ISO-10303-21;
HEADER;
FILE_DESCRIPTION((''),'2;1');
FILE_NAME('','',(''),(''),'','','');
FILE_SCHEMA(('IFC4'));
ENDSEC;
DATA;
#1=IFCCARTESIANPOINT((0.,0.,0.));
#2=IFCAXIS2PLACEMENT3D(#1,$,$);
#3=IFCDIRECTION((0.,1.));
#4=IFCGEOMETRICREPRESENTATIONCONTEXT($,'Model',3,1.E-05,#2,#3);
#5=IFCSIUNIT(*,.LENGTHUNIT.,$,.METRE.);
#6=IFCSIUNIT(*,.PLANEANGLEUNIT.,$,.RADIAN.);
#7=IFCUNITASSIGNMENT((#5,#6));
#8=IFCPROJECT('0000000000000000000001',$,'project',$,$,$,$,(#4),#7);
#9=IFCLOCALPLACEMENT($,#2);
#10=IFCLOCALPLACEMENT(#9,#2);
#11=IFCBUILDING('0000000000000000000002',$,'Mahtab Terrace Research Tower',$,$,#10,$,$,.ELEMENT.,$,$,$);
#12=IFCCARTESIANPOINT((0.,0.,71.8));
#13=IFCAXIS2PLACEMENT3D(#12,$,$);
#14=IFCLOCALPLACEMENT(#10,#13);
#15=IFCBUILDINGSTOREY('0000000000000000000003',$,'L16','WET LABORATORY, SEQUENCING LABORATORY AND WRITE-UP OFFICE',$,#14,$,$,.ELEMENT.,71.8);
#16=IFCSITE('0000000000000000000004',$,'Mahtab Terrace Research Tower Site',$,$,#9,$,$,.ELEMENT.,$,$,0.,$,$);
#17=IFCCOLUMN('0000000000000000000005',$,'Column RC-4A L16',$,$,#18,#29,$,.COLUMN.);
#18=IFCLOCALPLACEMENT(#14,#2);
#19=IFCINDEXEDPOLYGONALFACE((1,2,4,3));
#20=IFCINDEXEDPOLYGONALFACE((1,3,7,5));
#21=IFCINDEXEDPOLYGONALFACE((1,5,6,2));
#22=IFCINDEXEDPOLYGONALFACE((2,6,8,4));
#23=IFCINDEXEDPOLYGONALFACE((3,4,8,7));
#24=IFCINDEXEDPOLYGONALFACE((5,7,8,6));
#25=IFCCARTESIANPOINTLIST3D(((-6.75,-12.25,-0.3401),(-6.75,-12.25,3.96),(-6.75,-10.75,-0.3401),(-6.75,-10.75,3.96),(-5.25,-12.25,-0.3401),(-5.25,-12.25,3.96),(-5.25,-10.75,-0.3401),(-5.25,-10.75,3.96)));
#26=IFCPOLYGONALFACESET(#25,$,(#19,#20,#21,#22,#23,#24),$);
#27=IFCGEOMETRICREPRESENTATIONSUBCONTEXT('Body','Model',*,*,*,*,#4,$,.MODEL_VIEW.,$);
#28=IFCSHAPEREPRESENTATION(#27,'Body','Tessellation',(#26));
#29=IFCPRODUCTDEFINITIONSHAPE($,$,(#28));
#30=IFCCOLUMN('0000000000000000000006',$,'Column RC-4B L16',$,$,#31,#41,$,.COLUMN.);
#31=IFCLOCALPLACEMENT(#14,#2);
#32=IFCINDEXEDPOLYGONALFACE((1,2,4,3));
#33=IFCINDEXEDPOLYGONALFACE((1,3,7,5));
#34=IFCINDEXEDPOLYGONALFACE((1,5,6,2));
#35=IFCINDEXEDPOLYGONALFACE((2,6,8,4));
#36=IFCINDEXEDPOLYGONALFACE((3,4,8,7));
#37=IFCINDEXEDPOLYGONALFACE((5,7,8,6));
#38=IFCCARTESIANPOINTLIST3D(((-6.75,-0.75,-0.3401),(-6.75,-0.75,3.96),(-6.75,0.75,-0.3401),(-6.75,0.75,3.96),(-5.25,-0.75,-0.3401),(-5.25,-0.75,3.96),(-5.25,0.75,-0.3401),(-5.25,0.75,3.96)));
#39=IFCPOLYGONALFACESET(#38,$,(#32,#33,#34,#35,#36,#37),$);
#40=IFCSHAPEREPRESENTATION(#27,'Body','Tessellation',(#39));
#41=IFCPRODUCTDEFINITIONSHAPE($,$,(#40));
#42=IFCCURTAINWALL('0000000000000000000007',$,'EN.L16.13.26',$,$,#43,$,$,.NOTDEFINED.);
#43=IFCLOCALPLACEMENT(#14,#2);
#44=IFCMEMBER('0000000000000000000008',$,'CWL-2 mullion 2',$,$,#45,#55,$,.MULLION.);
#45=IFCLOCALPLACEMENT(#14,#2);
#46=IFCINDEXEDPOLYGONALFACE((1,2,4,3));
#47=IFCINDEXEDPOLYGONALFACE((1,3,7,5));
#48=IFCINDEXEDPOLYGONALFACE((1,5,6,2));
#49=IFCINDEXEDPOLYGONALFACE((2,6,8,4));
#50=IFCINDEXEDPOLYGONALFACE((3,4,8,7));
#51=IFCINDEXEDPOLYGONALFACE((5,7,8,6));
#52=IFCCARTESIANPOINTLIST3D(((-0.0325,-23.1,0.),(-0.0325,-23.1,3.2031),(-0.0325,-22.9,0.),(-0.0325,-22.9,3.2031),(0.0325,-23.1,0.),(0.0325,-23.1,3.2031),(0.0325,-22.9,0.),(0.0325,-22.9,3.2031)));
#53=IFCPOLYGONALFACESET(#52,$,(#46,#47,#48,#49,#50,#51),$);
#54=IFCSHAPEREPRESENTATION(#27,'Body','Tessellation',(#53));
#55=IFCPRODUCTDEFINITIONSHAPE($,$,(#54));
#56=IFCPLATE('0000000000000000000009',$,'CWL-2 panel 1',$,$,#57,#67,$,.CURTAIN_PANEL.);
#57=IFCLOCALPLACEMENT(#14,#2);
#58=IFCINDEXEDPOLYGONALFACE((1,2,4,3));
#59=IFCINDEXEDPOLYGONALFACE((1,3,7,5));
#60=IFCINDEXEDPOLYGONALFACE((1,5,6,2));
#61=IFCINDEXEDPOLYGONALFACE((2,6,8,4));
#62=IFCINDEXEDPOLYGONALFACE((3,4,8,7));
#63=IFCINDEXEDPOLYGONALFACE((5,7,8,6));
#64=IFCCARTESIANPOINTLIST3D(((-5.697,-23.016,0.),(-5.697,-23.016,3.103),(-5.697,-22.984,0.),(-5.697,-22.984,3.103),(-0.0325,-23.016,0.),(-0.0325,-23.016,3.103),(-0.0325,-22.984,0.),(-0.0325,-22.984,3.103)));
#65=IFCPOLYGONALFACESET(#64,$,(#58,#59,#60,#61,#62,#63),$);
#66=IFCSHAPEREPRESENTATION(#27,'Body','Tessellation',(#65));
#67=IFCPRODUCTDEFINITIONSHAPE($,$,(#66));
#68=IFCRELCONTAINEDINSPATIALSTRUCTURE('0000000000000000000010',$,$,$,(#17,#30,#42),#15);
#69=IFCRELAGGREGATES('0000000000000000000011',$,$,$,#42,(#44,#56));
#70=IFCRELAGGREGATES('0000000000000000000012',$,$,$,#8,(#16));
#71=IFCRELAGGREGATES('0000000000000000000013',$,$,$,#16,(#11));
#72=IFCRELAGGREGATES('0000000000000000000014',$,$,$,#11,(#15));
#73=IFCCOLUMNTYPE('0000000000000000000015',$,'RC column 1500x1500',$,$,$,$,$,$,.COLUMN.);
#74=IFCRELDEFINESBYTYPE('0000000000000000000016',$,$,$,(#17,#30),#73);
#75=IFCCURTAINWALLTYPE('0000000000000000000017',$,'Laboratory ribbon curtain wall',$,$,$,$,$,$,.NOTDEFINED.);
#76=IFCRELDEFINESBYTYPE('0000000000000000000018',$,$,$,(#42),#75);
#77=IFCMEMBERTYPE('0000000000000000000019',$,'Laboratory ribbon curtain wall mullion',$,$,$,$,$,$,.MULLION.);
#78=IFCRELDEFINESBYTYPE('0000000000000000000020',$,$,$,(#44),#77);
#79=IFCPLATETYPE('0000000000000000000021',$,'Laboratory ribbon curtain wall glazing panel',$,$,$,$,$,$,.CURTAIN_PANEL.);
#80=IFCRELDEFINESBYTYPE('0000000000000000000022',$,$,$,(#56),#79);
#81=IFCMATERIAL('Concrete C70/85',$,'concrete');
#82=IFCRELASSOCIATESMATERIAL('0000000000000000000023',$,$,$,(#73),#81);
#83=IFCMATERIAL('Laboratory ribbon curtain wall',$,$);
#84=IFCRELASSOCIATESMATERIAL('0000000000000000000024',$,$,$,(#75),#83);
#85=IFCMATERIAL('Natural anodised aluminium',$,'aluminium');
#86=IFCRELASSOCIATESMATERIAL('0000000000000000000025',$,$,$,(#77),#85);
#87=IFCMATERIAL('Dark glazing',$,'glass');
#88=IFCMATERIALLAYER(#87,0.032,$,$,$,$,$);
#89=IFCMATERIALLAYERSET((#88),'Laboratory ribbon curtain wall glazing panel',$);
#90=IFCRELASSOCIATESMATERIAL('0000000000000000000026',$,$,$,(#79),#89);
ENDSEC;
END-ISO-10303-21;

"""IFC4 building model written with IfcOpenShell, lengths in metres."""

from ifc_helpers import new_model, si_unit, direction, frame, origin, origin_2d, place, context, subcontext, project, spatial, rectangle, extrude, material, layer, layer_set, material_profile, profile_set, type_object, element, aggregate, save


model = new_model("IFC4")

# Units and contexts
model_context = context("Model", 3, precision=1e-05, world=origin(), true_north=direction((0.0, 1.0)))
body_context = subcontext(model_context, "Body", "Model", "MODEL_VIEW")
ifc_project = project(units=[si_unit("LENGTHUNIT", "METRE"), si_unit("PLANEANGLEUNIT", "RADIAN")], contexts=[model_context])

# Site, building, storey
site_placement = place(None, origin())
site = spatial("IfcSite", under=ifc_project, at=site_placement, Name="Mahtab Terrace Research Tower Site", CompositionType="ELEMENT", RefElevation=0.0)
building_placement = place(site_placement, origin())
building = spatial("IfcBuilding", under=site, at=building_placement, Name="Mahtab Terrace Research Tower", CompositionType="ELEMENT")
storey_placement = place(building_placement, frame((0.0, 0.0, 71.8)))
storey = spatial("IfcBuildingStorey", under=building, at=storey_placement, Name="L16", Description="WET LABORATORY, SEQUENCING LABORATORY AND WRITE-UP OFFICE", CompositionType="ELEMENT", Elevation=71.8)

# Columns
ifc_material_1 = material(Name="Concrete C70/85", Category="concrete")
ifc_material_profile_1 = material_profile(ifc_material_1, rectangle(XDim=1.5, YDim=1.5, at=origin_2d()), Name="RC column 1500x1500")
ifc_profile_set_1 = profile_set([ifc_material_profile_1], Name="Concrete C70/85")
column_type = type_object("IfcColumnType", Name="RC column 1500x1500", PredefinedType="COLUMN", material=ifc_profile_set_1)
for number, where, z_axis, x_axis, name in (
    (1, (-6.0, -11.5, -0.3401), (0.0, 0.0, 1.0), (1.0, 0.0, 0.0), "Column RC-4A L16"),
    (2, (-6.0, 0.0, -0.3401), (0.0, 0.0, 1.0), (1.0, 0.0, 0.0), "Column RC-4B L16"),
):
    element("IfcColumn", number, at=place(storey_placement, frame(where, z_axis=z_axis, x_axis=x_axis)), inside=storey, type_object=column_type, Name=name, PredefinedType="COLUMN", context=body_context, shape_type="SweptSolid", body=[
        extrude(rectangle(XDim=1.5, YDim=1.5, at=origin_2d()), origin(), (0.0, 0.0, 1.0), 4.3),
    ])

# Curtain wall, member, plate
ifc_material_2 = material(Name="Laboratory ribbon curtain wall")
curtain_wall_type = type_object("IfcCurtainWallType", Name="Laboratory ribbon curtain wall", PredefinedType="NOTDEFINED", material=ifc_material_2)
curtain_wall_placement = place(storey_placement, origin())
curtain_wall = element("IfcCurtainWall", 3, at=curtain_wall_placement, inside=storey, type_object=curtain_wall_type, Name="EN.L16.13.26", PredefinedType="NOTDEFINED")
ifc_material_3 = material(Name="Natural anodised aluminium", Category="aluminium")
ifc_material_profile_2 = material_profile(ifc_material_3, rectangle(XDim=0.2, YDim=0.0649, at=origin_2d()), Name="MULLION 65x200")
ifc_profile_set_2 = profile_set([ifc_material_profile_2], Name="Natural anodised aluminium")
member_type = type_object("IfcMemberType", Name="Laboratory ribbon curtain wall mullion", PredefinedType="MULLION", material=ifc_profile_set_2)
member_placement = place(storey_placement, frame((0.0, -23.0, 0.0), z_axis=(0.0, 0.0, 1.0), x_axis=(0.0, 1.0, 0.0)))
member = element("IfcMember", 4, at=member_placement, type_object=member_type, Name="CWL-2 mullion 2", PredefinedType="MULLION", context=body_context, shape_type="SweptSolid", body=[
    extrude(rectangle(XDim=0.2, YDim=0.0649, at=origin_2d()), origin(), (0.0, 0.0, 1.0), 3.2031),
])
ifc_material_4 = material(Name="Dark glazing", Category="glass")
ifc_layer_1 = layer(ifc_material_4, 0.032)
ifc_layer_set_1 = layer_set([ifc_layer_1], Name="Laboratory ribbon curtain wall glazing panel")
plate_type = type_object("IfcPlateType", Name="Laboratory ribbon curtain wall glazing panel", PredefinedType="CURTAIN_PANEL", material=ifc_layer_set_1)
plate_placement = place(storey_placement, frame((-2.8647, -23.0, 0.0), z_axis=(0.0, 0.0, 1.0), x_axis=(1.0, 0.0, 0.0)))
plate = element("IfcPlate", 5, at=plate_placement, type_object=plate_type, Name="CWL-2 panel 1", PredefinedType="CURTAIN_PANEL", context=body_context, shape_type="SweptSolid", body=[
    extrude(rectangle(XDim=5.6646, YDim=0.032, at=origin_2d()), origin(), (0.0, 0.0, 1.0), 3.103),
])
aggregate(curtain_wall, [member, plate])

save(model, "model.ifc")
